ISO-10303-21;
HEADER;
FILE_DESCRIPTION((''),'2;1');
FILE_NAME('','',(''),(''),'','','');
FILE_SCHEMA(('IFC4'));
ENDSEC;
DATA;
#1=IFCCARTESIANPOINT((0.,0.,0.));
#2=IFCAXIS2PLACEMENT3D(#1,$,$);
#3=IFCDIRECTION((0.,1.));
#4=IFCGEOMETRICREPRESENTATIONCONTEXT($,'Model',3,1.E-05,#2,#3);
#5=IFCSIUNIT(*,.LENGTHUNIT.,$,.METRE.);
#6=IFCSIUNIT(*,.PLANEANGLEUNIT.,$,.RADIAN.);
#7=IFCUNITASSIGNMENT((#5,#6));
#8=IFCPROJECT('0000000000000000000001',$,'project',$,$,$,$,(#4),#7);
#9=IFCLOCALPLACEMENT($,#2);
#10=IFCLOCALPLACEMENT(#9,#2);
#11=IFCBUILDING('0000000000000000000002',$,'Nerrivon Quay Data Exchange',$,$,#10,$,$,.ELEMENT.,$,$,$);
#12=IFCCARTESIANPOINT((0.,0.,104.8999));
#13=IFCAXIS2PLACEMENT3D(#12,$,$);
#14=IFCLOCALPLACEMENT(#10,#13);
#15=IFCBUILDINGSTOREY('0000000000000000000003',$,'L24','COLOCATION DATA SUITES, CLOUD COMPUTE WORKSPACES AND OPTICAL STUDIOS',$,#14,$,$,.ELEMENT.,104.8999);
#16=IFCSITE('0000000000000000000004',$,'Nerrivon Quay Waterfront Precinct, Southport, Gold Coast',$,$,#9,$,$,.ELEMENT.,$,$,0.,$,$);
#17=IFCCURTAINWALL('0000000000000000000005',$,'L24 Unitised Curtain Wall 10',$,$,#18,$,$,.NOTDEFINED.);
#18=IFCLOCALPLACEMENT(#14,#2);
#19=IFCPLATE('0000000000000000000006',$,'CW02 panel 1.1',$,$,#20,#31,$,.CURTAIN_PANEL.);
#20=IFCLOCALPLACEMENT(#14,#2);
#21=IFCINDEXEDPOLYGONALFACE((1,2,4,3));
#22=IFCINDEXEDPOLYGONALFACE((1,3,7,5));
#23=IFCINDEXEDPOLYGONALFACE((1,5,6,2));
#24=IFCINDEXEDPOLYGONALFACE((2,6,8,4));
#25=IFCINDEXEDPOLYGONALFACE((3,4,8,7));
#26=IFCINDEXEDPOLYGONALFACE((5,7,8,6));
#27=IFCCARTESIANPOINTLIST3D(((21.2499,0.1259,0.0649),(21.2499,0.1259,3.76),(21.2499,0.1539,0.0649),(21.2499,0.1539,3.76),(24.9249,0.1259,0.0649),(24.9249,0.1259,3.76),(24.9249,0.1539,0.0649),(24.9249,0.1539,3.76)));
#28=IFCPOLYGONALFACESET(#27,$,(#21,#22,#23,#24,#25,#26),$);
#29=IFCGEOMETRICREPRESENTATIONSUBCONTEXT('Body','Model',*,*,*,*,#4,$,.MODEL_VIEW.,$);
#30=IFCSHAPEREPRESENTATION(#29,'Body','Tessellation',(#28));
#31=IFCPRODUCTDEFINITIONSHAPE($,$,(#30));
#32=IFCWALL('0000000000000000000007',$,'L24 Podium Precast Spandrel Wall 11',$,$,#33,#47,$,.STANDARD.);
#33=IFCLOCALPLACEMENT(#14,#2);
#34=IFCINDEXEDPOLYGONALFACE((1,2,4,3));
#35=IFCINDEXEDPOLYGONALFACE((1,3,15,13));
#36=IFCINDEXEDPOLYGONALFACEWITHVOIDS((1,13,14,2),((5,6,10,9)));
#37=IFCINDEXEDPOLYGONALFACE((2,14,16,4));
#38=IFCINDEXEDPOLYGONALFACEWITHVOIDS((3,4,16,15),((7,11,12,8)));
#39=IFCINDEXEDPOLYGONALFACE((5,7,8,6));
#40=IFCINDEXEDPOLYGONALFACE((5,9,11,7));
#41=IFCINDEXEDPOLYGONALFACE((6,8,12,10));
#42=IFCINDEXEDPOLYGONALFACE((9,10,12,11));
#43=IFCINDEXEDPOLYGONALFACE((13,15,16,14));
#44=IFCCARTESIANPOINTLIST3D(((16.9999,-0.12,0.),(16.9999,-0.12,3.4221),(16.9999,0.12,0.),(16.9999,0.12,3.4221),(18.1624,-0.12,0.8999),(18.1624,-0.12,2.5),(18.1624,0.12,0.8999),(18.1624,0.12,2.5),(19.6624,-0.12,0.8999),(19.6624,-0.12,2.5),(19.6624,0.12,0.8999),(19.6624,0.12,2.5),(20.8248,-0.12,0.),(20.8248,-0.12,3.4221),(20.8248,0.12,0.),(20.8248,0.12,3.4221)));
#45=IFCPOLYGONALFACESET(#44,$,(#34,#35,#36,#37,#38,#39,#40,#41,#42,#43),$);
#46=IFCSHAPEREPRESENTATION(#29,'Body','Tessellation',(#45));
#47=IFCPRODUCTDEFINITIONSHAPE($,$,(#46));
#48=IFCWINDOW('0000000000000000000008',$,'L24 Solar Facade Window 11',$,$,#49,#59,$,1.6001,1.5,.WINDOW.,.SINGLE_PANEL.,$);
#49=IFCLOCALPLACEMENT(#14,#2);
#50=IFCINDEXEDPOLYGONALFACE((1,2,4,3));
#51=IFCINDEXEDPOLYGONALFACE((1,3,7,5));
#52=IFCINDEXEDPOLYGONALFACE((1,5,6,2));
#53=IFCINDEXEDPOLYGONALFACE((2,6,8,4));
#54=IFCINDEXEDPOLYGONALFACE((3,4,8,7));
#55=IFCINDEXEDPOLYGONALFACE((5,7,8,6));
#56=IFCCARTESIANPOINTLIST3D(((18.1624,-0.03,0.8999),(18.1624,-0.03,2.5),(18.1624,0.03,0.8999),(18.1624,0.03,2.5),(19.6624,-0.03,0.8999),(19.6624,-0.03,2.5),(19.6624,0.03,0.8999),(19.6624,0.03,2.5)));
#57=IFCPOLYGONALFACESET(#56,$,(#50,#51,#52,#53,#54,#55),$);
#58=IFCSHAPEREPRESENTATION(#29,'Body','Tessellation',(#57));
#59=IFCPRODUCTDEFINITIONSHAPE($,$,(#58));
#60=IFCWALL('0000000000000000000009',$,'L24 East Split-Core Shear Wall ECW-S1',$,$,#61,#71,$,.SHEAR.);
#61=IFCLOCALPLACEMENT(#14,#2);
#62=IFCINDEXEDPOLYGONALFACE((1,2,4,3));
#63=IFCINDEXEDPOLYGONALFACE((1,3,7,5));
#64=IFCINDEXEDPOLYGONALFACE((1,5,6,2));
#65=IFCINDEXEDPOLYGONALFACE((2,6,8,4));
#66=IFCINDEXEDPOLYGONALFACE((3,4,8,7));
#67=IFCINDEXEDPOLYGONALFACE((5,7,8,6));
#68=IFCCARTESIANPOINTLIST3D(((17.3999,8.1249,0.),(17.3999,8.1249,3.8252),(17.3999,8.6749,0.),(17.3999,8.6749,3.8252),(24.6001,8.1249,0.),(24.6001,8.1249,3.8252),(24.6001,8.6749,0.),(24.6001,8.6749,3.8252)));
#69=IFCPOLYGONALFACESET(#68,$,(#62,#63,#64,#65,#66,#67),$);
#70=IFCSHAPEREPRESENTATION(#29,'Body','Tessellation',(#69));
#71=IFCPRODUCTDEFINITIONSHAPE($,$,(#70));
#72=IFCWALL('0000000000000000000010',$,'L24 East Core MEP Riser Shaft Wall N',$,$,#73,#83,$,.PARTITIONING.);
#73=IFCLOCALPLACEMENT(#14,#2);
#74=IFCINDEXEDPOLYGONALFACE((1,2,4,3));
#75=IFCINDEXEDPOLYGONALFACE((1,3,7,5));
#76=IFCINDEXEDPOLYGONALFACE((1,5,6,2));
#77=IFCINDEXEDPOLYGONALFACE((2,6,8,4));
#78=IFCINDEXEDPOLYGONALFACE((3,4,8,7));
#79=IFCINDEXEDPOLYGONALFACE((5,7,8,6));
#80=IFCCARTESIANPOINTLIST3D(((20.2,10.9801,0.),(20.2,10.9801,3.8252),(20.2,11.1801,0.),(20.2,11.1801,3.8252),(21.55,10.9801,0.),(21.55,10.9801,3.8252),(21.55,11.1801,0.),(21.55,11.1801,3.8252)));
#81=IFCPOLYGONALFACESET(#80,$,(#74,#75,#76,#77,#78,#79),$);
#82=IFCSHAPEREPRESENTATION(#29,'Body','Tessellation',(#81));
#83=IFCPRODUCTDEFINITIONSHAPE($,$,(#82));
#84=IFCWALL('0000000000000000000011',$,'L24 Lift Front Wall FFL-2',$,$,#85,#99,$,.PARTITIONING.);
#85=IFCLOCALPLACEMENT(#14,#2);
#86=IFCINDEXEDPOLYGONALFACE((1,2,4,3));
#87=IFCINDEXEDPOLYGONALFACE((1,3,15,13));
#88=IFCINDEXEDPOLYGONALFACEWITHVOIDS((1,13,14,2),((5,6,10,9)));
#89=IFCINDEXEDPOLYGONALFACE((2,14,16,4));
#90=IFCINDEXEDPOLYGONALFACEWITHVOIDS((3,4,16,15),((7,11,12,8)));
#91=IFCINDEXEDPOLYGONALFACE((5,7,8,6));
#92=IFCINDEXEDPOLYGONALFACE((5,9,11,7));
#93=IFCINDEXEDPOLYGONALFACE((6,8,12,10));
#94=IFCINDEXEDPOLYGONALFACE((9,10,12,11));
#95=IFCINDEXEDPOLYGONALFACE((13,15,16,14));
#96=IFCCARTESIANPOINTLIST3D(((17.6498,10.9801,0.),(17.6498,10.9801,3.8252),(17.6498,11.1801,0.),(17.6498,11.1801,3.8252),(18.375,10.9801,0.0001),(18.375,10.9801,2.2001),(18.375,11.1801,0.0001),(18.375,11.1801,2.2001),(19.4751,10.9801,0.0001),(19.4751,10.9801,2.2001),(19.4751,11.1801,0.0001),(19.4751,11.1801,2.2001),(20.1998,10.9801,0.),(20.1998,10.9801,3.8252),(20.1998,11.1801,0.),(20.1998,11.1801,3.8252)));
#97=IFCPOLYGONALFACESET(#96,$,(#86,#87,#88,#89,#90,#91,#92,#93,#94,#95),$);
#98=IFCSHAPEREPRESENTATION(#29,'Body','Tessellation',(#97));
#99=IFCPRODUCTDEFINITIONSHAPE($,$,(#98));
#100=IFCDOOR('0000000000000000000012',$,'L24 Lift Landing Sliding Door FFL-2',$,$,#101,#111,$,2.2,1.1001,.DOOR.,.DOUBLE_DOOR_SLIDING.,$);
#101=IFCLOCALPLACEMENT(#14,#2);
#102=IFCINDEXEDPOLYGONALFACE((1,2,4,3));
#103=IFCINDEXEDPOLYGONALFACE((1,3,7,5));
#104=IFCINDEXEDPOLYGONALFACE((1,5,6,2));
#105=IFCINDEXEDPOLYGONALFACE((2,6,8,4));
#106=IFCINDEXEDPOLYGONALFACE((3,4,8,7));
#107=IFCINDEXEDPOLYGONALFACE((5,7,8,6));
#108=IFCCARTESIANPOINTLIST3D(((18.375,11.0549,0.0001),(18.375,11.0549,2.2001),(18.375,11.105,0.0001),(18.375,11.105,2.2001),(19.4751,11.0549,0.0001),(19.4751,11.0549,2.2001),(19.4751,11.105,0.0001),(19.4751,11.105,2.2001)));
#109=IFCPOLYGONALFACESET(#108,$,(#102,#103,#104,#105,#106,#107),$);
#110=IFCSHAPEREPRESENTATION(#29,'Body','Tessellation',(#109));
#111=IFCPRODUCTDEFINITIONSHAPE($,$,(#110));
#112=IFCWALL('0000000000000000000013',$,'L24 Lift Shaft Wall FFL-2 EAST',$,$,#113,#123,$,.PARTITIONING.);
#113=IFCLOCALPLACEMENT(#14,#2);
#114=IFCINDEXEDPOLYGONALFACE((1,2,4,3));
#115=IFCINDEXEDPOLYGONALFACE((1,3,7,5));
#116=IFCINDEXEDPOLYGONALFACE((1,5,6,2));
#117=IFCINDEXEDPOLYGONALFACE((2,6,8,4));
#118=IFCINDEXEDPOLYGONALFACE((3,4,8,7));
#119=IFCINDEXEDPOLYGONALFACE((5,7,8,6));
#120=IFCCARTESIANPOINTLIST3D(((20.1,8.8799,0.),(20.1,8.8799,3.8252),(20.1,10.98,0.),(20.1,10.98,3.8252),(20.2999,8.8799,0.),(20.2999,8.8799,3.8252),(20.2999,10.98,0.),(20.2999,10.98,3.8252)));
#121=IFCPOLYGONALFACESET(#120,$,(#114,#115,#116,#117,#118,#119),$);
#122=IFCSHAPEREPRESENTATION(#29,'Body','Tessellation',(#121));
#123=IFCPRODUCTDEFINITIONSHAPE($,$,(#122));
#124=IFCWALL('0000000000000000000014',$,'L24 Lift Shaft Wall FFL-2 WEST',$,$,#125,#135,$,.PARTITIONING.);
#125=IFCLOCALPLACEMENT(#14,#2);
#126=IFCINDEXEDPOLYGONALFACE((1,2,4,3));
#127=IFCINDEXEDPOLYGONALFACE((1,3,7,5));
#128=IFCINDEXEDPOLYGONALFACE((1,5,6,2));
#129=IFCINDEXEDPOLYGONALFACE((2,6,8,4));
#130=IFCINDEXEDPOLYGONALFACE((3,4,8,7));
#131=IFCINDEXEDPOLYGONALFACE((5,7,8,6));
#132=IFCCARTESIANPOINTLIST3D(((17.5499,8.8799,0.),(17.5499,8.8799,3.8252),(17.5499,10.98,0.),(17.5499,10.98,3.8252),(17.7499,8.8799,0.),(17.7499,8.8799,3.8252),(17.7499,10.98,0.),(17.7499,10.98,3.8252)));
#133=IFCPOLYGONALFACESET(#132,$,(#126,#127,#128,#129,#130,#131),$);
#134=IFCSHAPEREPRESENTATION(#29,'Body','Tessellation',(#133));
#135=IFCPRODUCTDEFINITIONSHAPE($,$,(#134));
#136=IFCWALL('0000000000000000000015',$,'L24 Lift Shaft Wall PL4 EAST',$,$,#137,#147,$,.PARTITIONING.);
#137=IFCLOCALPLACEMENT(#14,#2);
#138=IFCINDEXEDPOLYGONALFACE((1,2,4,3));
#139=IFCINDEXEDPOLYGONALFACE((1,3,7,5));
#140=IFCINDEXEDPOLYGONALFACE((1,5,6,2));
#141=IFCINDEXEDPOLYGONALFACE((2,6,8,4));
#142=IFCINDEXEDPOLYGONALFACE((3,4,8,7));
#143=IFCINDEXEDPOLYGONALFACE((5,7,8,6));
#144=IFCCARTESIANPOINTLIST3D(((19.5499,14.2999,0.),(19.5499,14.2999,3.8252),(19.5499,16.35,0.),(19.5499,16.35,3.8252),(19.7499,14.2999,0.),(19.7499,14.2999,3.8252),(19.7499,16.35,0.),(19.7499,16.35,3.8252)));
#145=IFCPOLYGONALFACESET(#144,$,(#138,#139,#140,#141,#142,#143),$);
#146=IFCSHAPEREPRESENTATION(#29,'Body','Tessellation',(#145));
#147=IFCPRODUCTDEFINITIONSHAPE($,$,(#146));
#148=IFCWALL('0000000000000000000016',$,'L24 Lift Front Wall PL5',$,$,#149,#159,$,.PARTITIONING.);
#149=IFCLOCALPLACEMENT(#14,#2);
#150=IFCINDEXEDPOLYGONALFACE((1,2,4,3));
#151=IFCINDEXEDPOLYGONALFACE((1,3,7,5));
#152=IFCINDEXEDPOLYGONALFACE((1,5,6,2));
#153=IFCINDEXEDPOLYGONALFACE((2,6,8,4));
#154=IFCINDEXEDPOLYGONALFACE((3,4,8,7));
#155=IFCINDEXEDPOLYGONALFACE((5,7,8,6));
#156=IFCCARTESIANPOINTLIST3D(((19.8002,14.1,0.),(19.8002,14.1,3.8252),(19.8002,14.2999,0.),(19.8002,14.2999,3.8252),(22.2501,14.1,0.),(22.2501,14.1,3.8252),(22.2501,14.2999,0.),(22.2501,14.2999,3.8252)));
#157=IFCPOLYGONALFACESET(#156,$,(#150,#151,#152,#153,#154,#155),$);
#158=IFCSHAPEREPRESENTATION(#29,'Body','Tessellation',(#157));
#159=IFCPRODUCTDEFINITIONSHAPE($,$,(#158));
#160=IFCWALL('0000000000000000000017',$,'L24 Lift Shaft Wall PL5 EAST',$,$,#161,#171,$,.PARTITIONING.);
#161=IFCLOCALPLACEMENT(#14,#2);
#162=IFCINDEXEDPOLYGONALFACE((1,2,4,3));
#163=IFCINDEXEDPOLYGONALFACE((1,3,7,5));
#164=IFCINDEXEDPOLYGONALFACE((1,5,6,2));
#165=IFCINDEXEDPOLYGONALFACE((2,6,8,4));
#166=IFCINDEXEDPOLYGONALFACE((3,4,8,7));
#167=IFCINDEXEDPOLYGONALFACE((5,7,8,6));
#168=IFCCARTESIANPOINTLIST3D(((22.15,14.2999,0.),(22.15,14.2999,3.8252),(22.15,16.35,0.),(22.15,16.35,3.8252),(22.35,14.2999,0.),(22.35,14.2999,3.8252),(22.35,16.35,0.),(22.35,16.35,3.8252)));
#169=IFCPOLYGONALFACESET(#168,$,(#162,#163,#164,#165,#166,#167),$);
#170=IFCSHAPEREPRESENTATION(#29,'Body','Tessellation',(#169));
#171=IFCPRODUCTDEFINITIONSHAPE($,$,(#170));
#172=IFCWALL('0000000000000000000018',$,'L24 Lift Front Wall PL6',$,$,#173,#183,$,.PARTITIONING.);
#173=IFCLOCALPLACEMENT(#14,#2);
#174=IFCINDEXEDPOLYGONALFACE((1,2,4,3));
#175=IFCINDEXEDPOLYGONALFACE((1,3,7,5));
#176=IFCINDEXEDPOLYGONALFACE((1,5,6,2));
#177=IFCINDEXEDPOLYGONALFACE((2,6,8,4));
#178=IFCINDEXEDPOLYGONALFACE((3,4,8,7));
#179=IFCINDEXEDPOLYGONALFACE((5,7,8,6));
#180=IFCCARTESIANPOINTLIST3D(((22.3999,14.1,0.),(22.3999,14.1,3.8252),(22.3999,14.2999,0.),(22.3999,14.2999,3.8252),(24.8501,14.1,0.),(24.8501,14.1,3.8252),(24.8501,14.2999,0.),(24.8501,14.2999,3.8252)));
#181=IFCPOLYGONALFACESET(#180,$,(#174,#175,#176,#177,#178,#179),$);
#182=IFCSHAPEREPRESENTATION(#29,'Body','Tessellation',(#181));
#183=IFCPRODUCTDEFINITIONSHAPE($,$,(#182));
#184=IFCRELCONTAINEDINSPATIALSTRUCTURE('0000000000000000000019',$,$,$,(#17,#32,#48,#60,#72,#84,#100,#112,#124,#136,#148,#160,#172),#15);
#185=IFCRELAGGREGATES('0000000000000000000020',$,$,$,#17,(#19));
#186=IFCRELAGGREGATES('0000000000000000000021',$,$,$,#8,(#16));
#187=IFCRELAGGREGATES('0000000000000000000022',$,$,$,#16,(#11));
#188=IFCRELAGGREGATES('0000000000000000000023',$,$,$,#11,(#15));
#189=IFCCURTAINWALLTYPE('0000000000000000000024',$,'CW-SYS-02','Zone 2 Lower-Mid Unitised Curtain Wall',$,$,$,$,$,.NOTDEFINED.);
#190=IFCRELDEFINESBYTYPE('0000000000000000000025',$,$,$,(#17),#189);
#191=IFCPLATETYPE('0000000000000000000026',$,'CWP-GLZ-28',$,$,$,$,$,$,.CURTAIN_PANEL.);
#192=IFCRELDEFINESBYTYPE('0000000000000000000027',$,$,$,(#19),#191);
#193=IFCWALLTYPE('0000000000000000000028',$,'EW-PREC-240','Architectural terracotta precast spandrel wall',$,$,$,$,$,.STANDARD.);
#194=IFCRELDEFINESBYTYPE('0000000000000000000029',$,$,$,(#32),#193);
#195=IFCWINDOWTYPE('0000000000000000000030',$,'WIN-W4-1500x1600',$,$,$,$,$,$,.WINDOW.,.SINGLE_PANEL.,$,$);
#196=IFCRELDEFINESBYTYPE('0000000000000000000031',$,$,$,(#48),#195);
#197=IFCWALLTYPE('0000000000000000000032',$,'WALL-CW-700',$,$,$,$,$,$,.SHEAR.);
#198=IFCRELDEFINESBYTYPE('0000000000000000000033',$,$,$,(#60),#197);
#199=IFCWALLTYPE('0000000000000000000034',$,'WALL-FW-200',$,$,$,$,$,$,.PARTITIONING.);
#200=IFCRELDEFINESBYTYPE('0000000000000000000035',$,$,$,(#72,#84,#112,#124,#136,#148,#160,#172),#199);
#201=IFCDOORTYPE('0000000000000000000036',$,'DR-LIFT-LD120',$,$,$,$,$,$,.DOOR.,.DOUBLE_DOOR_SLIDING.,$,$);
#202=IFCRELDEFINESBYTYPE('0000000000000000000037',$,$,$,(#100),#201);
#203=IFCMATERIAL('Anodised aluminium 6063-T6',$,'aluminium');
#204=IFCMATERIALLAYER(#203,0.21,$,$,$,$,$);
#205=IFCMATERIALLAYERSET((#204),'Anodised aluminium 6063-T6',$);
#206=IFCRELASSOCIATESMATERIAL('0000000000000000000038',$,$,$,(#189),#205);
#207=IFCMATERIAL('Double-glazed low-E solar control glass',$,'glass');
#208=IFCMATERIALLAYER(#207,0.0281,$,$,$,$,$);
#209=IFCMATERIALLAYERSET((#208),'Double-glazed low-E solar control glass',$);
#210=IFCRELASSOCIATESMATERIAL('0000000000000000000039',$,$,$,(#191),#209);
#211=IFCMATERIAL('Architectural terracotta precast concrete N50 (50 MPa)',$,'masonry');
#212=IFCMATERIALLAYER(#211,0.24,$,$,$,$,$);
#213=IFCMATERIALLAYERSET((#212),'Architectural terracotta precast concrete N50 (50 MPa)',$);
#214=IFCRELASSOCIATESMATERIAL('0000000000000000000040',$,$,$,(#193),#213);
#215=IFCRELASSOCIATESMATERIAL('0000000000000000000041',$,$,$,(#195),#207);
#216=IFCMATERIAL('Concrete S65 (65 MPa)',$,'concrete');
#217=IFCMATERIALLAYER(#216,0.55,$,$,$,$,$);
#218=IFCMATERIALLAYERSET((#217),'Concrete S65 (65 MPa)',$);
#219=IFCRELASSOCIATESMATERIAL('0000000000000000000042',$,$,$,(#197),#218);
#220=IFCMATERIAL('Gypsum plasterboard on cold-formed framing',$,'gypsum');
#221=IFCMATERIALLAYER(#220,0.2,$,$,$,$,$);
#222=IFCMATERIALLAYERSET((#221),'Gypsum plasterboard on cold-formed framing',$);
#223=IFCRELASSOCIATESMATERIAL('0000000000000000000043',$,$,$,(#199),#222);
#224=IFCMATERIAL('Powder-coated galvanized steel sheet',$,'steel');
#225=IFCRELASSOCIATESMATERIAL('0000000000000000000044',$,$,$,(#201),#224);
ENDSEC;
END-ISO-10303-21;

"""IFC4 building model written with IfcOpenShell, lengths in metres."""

from ifc_helpers import new_model, si_unit, direction, frame, frame_2d, origin, origin_2d, place, context, subcontext, project, spatial, rectangle, extrude, material, layer, layer_set, type_object, element, fill, aggregate, save


model = new_model("IFC4")

# Units and contexts
model_context = context("Model", 3, precision=1e-05, world=origin(), true_north=direction((0.0, 1.0)))
body_context = subcontext(model_context, "Body", "Model", "MODEL_VIEW")
ifc_project = project(units=[si_unit("LENGTHUNIT", "METRE"), si_unit("PLANEANGLEUNIT", "RADIAN")], contexts=[model_context])

# Site, building, storey
site_placement = place(None, origin())
site = spatial("IfcSite", under=ifc_project, at=site_placement, Name="Nerrivon Quay Waterfront Precinct, Southport, Gold Coast", CompositionType="ELEMENT", RefElevation=0.0)
building_placement = place(site_placement, origin())
building = spatial("IfcBuilding", under=site, at=building_placement, Name="Nerrivon Quay Data Exchange", CompositionType="ELEMENT")
storey_placement = place(building_placement, frame((0.0, 0.0, 104.8999)))
storey = spatial("IfcBuildingStorey", under=building, at=storey_placement, Name="L24", Description="COLOCATION DATA SUITES, CLOUD COMPUTE WORKSPACES AND OPTICAL STUDIOS", CompositionType="ELEMENT", Elevation=104.8999)

# Curtain wall, plate
ifc_material_1 = material(Name="Anodised aluminium 6063-T6", Category="aluminium")
ifc_layer_1 = layer(ifc_material_1, 0.21)
ifc_layer_set_1 = layer_set([ifc_layer_1], Name="Anodised aluminium 6063-T6")
curtain_wall_type = type_object("IfcCurtainWallType", Name="CW-SYS-02", Description="Zone 2 Lower-Mid Unitised Curtain Wall", PredefinedType="NOTDEFINED", material=ifc_layer_set_1)
curtain_wall_placement = place(storey_placement, origin())
curtain_wall = element("IfcCurtainWall", 1, at=curtain_wall_placement, inside=storey, type_object=curtain_wall_type, Name="L24 Unitised Curtain Wall 10", PredefinedType="NOTDEFINED")
ifc_material_2 = material(Name="Double-glazed low-E solar control glass", Category="glass")
ifc_layer_2 = layer(ifc_material_2, 0.0281)
ifc_layer_set_2 = layer_set([ifc_layer_2], Name="Double-glazed low-E solar control glass")
plate_type = type_object("IfcPlateType", Name="CWP-GLZ-28", PredefinedType="CURTAIN_PANEL", material=ifc_layer_set_2)
plate_placement = place(storey_placement, frame((23.0874, 0.1399, 0.0649), z_axis=(0.0, 0.0, 1.0), x_axis=(-1.0, 0.0, 0.0)))
plate = element("IfcPlate", 2, at=plate_placement, type_object=plate_type, Name="CW02 panel 1.1", PredefinedType="CURTAIN_PANEL", context=body_context, shape_type="SweptSolid", body=[
    extrude(rectangle(XDim=3.675, YDim=0.0281, at=origin_2d()), origin(), (0.0, 0.0, 1.0), 3.6951),
])
aggregate(curtain_wall, [plate])

# Wall, opening, window
ifc_material_3 = material(Name="Architectural terracotta precast concrete N50 (50 MPa)", Category="masonry")
ifc_layer_3 = layer(ifc_material_3, 0.24)
ifc_layer_set_3 = layer_set([ifc_layer_3], Name="Architectural terracotta precast concrete N50 (50 MPa)")
wall_type_1 = type_object("IfcWallType", Name="EW-PREC-240", Description="Architectural terracotta precast spandrel wall", PredefinedType="STANDARD", material=ifc_layer_set_3)
wall_1_placement = place(storey_placement, frame((20.825, 0.0, 0.0), z_axis=(0.0, 0.0, 1.0), x_axis=(-1.0, 0.0, 0.0)))
wall_1 = element("IfcWall", 3, at=wall_1_placement, inside=storey, type_object=wall_type_1, Name="L24 Podium Precast Spandrel Wall 11", PredefinedType="STANDARD", context=body_context, shape_type="SweptSolid", body=[
    extrude(rectangle(XDim=3.825, YDim=0.24, at=frame_2d((1.9126, 0.0))), origin(), (0.0, 0.0, 1.0), 3.4221),
])
opening_1_placement = place(wall_1_placement, frame((1.1626, 0.0, 0.8999)))
opening_1 = element("IfcOpeningElement", 4, at=opening_1_placement, cuts=wall_1, PredefinedType="OPENING", context=body_context, shape_type="SweptSolid", body=[
    extrude(rectangle(XDim=1.5, YDim=1.6001, at=frame_2d((0.75, 0.8))), frame((0.0, 0.1299, 0.0), z_axis=(0.0, -1.0, 0.0), x_axis=(1.0, 0.0, 0.0)), (0.0, 0.0, 1.0), 0.26),
])
window_type = type_object("IfcWindowType", Name="WIN-W4-1500x1600", PartitioningType="SINGLE_PANEL", PredefinedType="WINDOW", material=ifc_material_2)
window_placement = place(opening_1_placement, origin())
window = element("IfcWindow", 5, at=window_placement, inside=storey, type_object=window_type, Name="L24 Solar Facade Window 11", OverallHeight=1.6001, OverallWidth=1.5, PartitioningType="SINGLE_PANEL", PredefinedType="WINDOW", context=body_context, shape_type="SweptSolid", body=[
    extrude(rectangle(XDim=1.5, YDim=1.6001, at=frame_2d((0.75, 0.8))), frame((0.0, 0.03, 0.0), z_axis=(0.0, -1.0, 0.0), x_axis=(1.0, 0.0, 0.0)), (0.0, 0.0, 1.0), 0.0601),
])
fill(opening_1, window)

# Walls
ifc_material_4 = material(Name="Concrete S65 (65 MPa)", Category="concrete")
ifc_layer_4 = layer(ifc_material_4, 0.55)
ifc_layer_set_4 = layer_set([ifc_layer_4], Name="Concrete S65 (65 MPa)")
wall_type_2 = type_object("IfcWallType", Name="WALL-CW-700", PredefinedType="SHEAR", material=ifc_layer_set_4)
wall_2_placement = place(storey_placement, frame((17.3999, 8.3999, 0.0), z_axis=(0.0, 0.0, 1.0), x_axis=(1.0, 0.0, 0.0)))
element("IfcWall", 6, at=wall_2_placement, inside=storey, type_object=wall_type_2, Name="L24 East Split-Core Shear Wall ECW-S1", PredefinedType="SHEAR", context=body_context, shape_type="SweptSolid", body=[
    extrude(rectangle(XDim=7.2002, YDim=0.55, at=frame_2d((3.6001, 0.0))), origin(), (0.0, 0.0, 1.0), 3.8252),
])
ifc_material_5 = material(Name="Gypsum plasterboard on cold-formed framing", Category="gypsum")
ifc_layer_5 = layer(ifc_material_5, 0.2)
ifc_layer_set_5 = layer_set([ifc_layer_5], Name="Gypsum plasterboard on cold-formed framing")
wall_type_3 = type_object("IfcWallType", Name="WALL-FW-200", PredefinedType="PARTITIONING", material=ifc_layer_set_5)
wall_3_placement = place(storey_placement, frame((20.2, 11.0801, 0.0), z_axis=(0.0, 0.0, 1.0), x_axis=(1.0, 0.0, 0.0)))
element("IfcWall", 7, at=wall_3_placement, inside=storey, type_object=wall_type_3, Name="L24 East Core MEP Riser Shaft Wall N", PredefinedType="PARTITIONING", context=body_context, shape_type="SweptSolid", body=[
    extrude(rectangle(XDim=1.3501, YDim=0.2, at=frame_2d((0.675, 0.0))), origin(), (0.0, 0.0, 1.0), 3.8252),
])

# Wall, opening, door
wall_4_placement = place(storey_placement, frame((17.6499, 11.0801, 0.0), z_axis=(0.0, 0.0, 1.0), x_axis=(1.0, 0.0, 0.0)))
wall_4 = element("IfcWall", 8, at=wall_4_placement, inside=storey, type_object=wall_type_3, Name="L24 Lift Front Wall FFL-2", PredefinedType="PARTITIONING", context=body_context, shape_type="SweptSolid", body=[
    extrude(rectangle(XDim=2.55, YDim=0.2, at=frame_2d((1.2749, 0.0))), origin(), (0.0, 0.0, 1.0), 3.8252),
])
opening_2_placement = place(wall_4_placement, frame((0.7251, 0.0, 0.0)))
opening_2 = element("IfcOpeningElement", 9, at=opening_2_placement, cuts=wall_4, PredefinedType="OPENING", context=body_context, shape_type="SweptSolid", body=[
    extrude(rectangle(XDim=1.1001, YDim=2.2, at=frame_2d((0.55, 1.1001))), frame((0.0, 0.1099, 0.0), z_axis=(0.0, -1.0, 0.0), x_axis=(1.0, 0.0, 0.0)), (0.0, 0.0, 1.0), 0.22),
])
ifc_material_6 = material(Name="Powder-coated galvanized steel sheet", Category="steel")
door_type_1 = type_object("IfcDoorType", Name="DR-LIFT-LD120", OperationType="DOUBLE_DOOR_SLIDING", PredefinedType="DOOR", material=ifc_material_6)
door_1_placement = place(opening_2_placement, origin())
door_1 = element("IfcDoor", 10, at=door_1_placement, inside=storey, type_object=door_type_1, Name="L24 Lift Landing Sliding Door FFL-2", OperationType="DOUBLE_DOOR_SLIDING", OverallHeight=2.2, OverallWidth=1.1001, PredefinedType="DOOR", context=body_context, shape_type="SweptSolid", body=[
    extrude(rectangle(XDim=1.1001, YDim=2.2, at=frame_2d((0.55, 1.1001))), frame((0.0, 0.0249, 0.0), z_axis=(0.0, -1.0, 0.0), x_axis=(1.0, 0.0, 0.0)), (0.0, 0.0, 1.0), 0.05),
])
fill(opening_2, door_1)

# Walls
for number, where, z_axis, x_axis, name in (
    (11, (20.2, 8.8799, 0.0), (0.0, 0.0, 1.0), (0.0, 1.0, 0.0), "L24 Lift Shaft Wall FFL-2 EAST"),
    (12, (17.6499, 8.8799, 0.0), (0.0, 0.0, 1.0), (0.0, 1.0, 0.0), "L24 Lift Shaft Wall FFL-2 WEST"),
):
    element("IfcWall", number, at=place(storey_placement, frame(where, z_axis=z_axis, x_axis=x_axis)), inside=storey, type_object=wall_type_3, Name=name, PredefinedType="PARTITIONING", context=body_context, shape_type="SweptSolid", body=[
        extrude(rectangle(XDim=2.1001, YDim=0.2, at=frame_2d((1.05, 0.0))), origin(), (0.0, 0.0, 1.0), 3.8252),
    ])
wall_5_placement = place(storey_placement, frame((19.6499, 14.3, 0.0), z_axis=(0.0, 0.0, 1.0), x_axis=(0.0, 1.0, 0.0)))
element("IfcWall", 13, at=wall_5_placement, inside=storey, type_object=wall_type_3, Name="L24 Lift Shaft Wall PL4 EAST", PredefinedType="PARTITIONING", context=body_context, shape_type="SweptSolid", body=[
    extrude(rectangle(XDim=2.05, YDim=0.2, at=frame_2d((1.0249, 0.0))), origin(), (0.0, 0.0, 1.0), 3.8252),
])
wall_6_placement = place(storey_placement, frame((19.8, 14.2, 0.0), z_axis=(0.0, 0.0, 1.0), x_axis=(1.0, 0.0, 0.0)))
element("IfcWall", 14, at=wall_6_placement, inside=storey, type_object=wall_type_3, Name="L24 Lift Front Wall PL5", PredefinedType="PARTITIONING", context=body_context, shape_type="SweptSolid", body=[
    extrude(rectangle(XDim=2.45, YDim=0.2, at=frame_2d((1.2251, 0.0))), origin(), (0.0, 0.0, 1.0), 3.8252),
])
wall_7_placement = place(storey_placement, frame((22.25, 14.3, 0.0), z_axis=(0.0, 0.0, 1.0), x_axis=(0.0, 1.0, 0.0)))
element("IfcWall", 15, at=wall_7_placement, inside=storey, type_object=wall_type_3, Name="L24 Lift Shaft Wall PL5 EAST", PredefinedType="PARTITIONING", context=body_context, shape_type="SweptSolid", body=[
    extrude(rectangle(XDim=2.05, YDim=0.2, at=frame_2d((1.0249, 0.0))), origin(), (0.0, 0.0, 1.0), 3.8252),
])
wall_8_placement = place(storey_placement, frame((22.3999, 14.2, 0.0), z_axis=(0.0, 0.0, 1.0), x_axis=(1.0, 0.0, 0.0)))
element("IfcWall", 16, at=wall_8_placement, inside=storey, type_object=wall_type_3, Name="L24 Lift Front Wall PL6", PredefinedType="PARTITIONING", context=body_context, shape_type="SweptSolid", body=[
    extrude(rectangle(XDim=2.4502, YDim=0.2, at=frame_2d((1.2251, 0.0))), origin(), (0.0, 0.0, 1.0), 3.8252),
])

save(model, "model.ifc")
